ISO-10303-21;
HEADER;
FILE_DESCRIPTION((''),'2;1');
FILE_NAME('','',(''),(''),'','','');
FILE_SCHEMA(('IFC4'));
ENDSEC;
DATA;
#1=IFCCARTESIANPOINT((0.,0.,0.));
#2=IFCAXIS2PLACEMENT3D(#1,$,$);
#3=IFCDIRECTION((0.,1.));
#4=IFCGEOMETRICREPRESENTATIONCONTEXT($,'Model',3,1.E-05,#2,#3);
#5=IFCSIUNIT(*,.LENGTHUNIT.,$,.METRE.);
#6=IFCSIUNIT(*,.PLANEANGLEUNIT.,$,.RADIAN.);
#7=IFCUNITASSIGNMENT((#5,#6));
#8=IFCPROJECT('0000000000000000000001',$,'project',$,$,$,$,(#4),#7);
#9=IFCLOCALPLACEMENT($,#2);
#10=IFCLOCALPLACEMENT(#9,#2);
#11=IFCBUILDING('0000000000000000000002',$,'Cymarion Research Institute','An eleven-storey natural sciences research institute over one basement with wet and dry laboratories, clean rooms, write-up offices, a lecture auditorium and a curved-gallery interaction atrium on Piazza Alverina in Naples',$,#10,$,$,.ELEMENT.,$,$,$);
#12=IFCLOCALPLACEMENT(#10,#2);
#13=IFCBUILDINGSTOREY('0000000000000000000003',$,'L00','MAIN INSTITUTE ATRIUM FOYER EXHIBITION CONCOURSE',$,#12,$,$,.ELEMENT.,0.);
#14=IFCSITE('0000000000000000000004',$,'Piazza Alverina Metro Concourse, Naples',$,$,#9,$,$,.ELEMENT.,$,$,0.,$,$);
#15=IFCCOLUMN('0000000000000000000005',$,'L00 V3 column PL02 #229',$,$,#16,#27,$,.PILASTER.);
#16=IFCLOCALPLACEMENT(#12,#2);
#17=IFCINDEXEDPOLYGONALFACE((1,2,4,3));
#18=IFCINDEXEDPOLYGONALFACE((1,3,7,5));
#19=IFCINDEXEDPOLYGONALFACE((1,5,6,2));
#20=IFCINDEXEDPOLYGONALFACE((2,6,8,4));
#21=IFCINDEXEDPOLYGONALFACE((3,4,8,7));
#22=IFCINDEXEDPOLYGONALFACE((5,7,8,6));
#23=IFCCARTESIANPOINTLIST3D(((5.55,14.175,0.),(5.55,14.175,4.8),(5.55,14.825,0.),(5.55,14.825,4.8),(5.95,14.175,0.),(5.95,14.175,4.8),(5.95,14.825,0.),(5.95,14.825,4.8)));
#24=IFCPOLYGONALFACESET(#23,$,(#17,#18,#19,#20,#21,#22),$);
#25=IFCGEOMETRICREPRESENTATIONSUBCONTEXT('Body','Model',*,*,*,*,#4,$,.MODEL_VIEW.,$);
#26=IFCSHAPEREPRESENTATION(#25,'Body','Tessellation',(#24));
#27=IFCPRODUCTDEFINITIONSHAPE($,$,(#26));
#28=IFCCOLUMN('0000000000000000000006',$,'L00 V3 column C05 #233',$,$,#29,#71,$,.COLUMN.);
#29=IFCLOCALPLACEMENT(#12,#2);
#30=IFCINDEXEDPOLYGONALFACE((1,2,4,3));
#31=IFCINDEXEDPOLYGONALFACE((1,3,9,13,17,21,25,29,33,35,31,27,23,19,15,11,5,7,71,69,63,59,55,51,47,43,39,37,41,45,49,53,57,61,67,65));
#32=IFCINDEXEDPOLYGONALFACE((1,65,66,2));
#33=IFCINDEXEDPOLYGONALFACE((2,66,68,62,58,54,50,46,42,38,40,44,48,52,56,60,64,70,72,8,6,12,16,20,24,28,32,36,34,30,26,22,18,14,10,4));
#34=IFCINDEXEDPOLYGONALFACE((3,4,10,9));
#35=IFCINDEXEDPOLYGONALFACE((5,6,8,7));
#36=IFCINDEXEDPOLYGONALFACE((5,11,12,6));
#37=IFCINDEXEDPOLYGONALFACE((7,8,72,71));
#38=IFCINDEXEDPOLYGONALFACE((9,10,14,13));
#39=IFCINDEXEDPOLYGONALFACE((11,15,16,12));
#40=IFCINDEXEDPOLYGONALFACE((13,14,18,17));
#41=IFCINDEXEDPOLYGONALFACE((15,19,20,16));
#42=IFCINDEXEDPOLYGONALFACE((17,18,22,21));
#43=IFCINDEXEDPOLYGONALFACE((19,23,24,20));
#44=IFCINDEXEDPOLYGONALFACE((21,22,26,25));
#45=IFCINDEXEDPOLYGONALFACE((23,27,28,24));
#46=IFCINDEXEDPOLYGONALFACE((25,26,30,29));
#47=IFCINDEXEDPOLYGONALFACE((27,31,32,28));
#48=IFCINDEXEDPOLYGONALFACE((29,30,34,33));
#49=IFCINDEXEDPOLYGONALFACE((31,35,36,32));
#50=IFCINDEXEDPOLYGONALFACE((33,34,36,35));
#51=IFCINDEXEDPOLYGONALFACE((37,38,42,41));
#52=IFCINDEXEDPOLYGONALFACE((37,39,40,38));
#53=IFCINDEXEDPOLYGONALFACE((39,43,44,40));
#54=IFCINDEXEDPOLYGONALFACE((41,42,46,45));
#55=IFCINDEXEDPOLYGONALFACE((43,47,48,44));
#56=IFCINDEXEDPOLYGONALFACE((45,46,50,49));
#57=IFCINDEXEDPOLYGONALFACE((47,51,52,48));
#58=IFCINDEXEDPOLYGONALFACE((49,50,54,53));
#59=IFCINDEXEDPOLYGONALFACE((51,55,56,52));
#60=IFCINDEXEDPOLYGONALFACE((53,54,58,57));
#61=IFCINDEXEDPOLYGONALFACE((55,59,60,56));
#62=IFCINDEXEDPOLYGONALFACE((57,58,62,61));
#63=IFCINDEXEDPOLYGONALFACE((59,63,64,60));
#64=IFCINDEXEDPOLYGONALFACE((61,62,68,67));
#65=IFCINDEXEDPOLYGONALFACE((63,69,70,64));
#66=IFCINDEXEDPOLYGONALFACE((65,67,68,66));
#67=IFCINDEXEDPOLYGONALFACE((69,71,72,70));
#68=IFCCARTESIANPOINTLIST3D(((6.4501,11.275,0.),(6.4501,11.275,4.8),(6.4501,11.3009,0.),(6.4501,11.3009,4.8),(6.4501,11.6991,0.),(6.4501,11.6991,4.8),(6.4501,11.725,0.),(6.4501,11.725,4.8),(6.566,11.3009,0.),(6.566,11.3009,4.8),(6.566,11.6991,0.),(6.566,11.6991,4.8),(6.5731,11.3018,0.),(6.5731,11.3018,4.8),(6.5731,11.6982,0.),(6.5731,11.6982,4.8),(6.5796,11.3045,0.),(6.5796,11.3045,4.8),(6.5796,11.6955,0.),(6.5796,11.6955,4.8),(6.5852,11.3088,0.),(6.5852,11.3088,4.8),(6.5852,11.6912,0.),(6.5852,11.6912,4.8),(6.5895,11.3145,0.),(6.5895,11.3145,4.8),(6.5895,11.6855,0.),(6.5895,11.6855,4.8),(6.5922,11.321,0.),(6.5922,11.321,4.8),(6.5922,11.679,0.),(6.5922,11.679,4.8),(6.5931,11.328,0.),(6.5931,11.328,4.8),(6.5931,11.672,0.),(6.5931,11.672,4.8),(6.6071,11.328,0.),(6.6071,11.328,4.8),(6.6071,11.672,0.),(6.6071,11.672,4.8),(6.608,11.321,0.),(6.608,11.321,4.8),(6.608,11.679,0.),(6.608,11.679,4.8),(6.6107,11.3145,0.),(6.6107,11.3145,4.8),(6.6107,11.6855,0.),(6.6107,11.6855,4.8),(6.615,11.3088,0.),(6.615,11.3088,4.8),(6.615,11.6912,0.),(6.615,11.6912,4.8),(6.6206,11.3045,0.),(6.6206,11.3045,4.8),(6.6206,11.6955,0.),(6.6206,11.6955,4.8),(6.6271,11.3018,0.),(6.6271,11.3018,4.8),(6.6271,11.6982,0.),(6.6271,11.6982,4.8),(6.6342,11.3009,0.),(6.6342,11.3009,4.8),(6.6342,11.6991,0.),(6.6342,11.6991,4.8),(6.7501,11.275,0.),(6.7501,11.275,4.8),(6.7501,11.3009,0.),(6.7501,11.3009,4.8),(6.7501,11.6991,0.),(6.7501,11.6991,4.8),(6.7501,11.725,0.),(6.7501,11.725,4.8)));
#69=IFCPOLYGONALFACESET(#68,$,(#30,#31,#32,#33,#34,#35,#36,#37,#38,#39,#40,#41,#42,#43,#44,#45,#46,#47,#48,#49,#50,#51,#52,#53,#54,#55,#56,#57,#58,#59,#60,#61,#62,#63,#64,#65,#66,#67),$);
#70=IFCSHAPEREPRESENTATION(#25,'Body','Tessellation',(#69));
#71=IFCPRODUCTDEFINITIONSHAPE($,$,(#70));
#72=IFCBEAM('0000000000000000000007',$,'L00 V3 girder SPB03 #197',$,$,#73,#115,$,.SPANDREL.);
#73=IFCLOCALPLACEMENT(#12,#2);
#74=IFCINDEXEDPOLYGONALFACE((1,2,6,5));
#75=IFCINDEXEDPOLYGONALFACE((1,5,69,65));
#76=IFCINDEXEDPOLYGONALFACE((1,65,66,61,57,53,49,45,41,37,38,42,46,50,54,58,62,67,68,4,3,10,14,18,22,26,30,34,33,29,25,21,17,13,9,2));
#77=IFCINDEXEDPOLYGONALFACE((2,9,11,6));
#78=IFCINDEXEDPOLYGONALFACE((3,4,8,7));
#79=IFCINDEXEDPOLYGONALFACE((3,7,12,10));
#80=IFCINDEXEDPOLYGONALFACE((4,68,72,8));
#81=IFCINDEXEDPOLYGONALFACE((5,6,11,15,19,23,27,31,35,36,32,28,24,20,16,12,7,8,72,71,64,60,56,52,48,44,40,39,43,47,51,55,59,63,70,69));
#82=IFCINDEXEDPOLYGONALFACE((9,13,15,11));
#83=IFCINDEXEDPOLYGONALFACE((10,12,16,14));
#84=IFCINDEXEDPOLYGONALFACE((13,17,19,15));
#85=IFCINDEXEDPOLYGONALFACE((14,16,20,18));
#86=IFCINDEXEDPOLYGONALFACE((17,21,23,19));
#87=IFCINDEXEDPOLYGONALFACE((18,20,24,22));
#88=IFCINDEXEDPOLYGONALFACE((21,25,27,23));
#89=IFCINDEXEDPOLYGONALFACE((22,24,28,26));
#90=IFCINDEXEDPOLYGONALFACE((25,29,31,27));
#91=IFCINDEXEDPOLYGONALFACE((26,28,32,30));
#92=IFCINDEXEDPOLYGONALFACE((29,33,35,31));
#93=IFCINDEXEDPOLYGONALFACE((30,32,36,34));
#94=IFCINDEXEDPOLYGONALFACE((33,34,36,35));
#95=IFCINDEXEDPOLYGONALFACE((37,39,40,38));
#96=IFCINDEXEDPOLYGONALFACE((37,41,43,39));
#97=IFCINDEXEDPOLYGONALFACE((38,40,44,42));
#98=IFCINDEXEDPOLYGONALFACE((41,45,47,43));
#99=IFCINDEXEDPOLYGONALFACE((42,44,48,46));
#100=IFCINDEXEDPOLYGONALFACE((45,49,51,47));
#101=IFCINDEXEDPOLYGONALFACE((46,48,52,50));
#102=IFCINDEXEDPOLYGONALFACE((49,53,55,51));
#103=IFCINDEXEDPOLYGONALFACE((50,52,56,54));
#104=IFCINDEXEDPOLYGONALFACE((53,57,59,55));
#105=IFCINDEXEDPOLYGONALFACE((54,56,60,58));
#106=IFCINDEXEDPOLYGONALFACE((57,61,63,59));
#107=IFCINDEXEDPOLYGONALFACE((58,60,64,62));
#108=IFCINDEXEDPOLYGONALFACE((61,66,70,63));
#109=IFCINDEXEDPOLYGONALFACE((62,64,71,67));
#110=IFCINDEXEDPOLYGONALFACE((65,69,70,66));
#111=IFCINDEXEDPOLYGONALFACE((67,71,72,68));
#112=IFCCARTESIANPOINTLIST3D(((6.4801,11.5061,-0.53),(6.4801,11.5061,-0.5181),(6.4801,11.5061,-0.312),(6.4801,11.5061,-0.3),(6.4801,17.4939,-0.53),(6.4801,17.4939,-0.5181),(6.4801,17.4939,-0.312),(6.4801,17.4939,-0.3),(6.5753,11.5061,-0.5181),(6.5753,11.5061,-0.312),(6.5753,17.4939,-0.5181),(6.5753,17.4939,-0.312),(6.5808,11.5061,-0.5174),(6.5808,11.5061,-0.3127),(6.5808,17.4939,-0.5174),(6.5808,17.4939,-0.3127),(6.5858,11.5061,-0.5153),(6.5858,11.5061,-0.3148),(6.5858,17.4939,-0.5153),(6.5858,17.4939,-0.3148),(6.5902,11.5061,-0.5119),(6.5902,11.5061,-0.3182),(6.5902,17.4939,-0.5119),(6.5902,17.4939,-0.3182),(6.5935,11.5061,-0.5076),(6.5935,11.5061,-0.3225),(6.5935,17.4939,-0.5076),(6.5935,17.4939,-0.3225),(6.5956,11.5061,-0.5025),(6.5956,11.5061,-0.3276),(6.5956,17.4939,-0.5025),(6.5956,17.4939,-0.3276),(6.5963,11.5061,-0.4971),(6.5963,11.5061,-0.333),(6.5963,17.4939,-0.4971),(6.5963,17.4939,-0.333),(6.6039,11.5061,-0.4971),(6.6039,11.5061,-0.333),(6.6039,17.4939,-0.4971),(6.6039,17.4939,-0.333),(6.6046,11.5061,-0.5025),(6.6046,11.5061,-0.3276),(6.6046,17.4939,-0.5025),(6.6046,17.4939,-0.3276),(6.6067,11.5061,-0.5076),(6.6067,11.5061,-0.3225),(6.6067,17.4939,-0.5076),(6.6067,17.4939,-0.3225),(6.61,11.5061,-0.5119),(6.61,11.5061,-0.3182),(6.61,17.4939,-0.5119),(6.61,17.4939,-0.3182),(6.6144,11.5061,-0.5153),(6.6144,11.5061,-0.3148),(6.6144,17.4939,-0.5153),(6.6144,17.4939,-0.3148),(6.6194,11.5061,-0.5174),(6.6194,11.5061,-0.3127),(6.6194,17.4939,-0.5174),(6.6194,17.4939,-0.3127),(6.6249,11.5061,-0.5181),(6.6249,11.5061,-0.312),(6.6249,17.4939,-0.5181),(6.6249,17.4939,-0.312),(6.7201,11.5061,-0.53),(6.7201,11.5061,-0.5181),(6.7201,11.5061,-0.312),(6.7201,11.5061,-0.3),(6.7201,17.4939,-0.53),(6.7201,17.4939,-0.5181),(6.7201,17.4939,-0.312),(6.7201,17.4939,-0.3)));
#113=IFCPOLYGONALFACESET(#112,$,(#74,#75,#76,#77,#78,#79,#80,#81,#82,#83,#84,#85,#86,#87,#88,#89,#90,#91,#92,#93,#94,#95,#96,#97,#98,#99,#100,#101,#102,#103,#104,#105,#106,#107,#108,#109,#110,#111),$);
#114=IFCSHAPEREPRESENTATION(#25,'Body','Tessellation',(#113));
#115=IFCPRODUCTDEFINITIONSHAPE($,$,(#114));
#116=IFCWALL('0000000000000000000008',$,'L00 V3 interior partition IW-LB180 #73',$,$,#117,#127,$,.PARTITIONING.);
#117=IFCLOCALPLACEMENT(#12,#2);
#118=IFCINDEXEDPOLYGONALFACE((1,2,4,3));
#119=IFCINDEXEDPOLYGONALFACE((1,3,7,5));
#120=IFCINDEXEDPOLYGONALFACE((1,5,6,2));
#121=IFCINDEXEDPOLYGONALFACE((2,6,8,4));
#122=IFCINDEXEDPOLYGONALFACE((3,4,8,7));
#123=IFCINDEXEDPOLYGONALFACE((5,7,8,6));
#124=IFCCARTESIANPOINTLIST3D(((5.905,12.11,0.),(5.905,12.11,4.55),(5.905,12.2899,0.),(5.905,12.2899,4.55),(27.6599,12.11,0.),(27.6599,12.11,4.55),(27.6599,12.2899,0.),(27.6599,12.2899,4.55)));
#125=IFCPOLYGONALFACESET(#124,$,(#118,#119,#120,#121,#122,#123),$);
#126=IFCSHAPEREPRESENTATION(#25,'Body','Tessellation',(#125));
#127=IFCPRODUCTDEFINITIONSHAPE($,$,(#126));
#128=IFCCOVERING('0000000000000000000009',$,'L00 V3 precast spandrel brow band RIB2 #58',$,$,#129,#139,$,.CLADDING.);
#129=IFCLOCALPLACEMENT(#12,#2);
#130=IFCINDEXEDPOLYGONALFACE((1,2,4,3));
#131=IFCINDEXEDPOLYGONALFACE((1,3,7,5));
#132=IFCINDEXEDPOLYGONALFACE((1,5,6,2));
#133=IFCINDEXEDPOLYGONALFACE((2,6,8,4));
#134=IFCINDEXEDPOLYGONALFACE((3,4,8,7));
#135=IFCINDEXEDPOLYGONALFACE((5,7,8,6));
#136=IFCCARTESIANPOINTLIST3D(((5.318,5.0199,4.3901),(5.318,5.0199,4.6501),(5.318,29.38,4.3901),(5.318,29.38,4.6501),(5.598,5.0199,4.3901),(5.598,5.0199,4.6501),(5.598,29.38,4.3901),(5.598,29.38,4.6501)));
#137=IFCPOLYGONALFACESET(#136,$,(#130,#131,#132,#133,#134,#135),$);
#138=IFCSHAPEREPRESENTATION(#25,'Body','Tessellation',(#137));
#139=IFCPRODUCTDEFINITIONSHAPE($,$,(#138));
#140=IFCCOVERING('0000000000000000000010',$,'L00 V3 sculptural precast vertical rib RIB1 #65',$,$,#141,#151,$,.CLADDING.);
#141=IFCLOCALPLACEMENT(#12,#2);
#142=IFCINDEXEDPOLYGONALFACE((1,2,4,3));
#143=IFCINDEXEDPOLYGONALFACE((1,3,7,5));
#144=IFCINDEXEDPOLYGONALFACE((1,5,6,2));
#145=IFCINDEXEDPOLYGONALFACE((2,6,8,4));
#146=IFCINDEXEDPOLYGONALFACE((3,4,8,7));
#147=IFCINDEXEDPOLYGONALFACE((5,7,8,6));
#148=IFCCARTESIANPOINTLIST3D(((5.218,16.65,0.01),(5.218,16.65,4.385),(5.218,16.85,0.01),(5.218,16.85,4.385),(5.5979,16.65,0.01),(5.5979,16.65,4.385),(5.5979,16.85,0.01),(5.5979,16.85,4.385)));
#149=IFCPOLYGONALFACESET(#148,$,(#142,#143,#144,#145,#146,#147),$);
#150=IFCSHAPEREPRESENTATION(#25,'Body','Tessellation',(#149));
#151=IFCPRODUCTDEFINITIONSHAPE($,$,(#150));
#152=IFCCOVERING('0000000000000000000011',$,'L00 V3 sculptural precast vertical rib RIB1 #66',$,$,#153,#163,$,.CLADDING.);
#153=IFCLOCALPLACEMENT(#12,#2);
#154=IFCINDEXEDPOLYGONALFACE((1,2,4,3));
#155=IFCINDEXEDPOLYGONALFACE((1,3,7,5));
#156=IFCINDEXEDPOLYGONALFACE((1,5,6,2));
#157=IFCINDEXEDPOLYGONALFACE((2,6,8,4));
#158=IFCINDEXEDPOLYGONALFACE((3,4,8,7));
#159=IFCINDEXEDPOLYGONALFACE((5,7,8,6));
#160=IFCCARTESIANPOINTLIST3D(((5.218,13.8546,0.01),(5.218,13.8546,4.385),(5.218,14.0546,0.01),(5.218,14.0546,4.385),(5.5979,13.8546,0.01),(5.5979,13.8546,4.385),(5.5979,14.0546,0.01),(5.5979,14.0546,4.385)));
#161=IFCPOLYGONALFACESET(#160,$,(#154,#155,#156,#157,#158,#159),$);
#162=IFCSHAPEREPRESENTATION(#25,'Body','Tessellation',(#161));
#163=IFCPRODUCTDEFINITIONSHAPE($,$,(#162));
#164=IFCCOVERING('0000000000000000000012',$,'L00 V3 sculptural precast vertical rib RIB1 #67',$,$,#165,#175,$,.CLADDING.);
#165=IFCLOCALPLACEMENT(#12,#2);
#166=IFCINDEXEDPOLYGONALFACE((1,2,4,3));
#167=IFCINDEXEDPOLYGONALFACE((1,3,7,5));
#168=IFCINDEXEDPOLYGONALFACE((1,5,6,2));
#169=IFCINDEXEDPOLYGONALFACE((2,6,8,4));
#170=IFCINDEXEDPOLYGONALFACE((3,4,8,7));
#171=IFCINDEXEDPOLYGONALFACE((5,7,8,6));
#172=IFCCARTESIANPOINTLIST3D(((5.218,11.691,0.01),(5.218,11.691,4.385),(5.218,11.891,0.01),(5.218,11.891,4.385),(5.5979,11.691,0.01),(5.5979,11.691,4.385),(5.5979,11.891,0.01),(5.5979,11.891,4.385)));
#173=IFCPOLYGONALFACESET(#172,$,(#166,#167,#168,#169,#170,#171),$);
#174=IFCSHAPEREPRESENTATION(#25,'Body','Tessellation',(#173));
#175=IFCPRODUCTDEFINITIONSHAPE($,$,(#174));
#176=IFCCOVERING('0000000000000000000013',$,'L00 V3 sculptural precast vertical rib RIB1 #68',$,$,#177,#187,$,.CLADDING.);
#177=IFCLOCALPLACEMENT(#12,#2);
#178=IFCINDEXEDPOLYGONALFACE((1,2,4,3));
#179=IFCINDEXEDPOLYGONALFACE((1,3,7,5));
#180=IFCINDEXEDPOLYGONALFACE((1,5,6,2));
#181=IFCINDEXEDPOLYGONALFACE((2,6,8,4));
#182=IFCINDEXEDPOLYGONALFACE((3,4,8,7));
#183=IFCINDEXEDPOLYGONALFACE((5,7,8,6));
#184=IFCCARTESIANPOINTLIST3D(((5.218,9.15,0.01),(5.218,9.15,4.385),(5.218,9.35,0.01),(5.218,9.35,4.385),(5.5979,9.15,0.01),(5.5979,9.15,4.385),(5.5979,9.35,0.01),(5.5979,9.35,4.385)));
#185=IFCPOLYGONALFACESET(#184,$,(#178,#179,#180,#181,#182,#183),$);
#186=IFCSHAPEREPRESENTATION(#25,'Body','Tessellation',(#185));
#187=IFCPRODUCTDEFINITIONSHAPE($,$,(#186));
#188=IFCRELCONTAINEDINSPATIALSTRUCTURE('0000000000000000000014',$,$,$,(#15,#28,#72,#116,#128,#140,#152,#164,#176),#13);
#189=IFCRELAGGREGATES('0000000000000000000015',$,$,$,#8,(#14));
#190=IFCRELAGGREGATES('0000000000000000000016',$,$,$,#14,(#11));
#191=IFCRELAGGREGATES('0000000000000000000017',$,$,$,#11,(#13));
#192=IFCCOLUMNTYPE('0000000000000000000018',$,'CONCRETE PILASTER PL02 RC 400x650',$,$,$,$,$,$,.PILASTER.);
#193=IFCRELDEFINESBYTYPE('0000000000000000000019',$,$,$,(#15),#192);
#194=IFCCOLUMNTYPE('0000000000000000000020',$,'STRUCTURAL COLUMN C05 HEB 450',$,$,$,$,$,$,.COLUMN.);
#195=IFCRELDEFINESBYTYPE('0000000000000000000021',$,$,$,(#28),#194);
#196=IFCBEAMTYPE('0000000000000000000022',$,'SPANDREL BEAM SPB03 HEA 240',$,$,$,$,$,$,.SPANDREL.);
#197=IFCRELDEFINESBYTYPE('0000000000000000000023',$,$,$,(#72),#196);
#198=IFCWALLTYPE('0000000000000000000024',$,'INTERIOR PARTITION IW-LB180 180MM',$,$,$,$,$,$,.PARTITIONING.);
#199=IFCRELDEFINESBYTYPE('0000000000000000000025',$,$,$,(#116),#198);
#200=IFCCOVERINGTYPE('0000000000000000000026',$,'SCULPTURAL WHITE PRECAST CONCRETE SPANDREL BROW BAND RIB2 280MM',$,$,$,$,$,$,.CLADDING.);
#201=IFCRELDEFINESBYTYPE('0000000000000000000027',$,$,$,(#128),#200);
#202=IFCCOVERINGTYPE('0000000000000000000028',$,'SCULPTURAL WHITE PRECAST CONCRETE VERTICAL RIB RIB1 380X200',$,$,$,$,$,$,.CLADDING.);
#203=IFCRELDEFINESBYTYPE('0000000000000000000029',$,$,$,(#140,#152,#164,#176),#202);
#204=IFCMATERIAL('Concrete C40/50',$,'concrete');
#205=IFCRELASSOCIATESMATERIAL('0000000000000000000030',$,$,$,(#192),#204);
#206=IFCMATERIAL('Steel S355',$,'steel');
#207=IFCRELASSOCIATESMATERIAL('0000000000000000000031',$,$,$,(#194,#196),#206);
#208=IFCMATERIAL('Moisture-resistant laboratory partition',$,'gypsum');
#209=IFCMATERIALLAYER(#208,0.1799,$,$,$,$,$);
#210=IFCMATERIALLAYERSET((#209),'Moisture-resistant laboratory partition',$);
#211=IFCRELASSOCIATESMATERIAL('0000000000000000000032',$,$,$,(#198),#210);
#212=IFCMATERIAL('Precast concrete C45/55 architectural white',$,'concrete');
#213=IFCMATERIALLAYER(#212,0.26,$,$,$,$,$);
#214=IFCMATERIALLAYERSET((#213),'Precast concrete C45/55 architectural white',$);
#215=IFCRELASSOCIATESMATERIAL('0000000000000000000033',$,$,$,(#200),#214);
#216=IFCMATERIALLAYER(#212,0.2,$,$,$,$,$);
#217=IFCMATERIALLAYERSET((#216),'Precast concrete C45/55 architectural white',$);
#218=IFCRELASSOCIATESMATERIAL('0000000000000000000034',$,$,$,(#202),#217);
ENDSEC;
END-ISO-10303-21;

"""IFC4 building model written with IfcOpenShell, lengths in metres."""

from ifc_helpers import new_model, si_unit, direction, frame, frame_2d, origin, origin_2d, place, context, subcontext, project, spatial, rectangle, i_section, extrude, material, layer, layer_set, material_profile, profile_set, type_object, element, save


model = new_model("IFC4")

# Units and contexts
model_context = context("Model", 3, precision=1e-05, world=origin(), true_north=direction((0.0, 1.0)))
body_context = subcontext(model_context, "Body", "Model", "MODEL_VIEW")
ifc_project = project(units=[si_unit("LENGTHUNIT", "METRE"), si_unit("PLANEANGLEUNIT", "RADIAN")], contexts=[model_context])

# Site, building, storey
site_placement = place(None, origin())
site = spatial("IfcSite", under=ifc_project, at=site_placement, Name="Piazza Alverina Metro Concourse, Naples", CompositionType="ELEMENT", RefElevation=0.0)
building_placement = place(site_placement, origin())
building = spatial("IfcBuilding", under=site, at=building_placement, Name="Cymarion Research Institute", Description="An eleven-storey natural sciences research institute over one basement with wet and dry laboratories, clean rooms, write-up offices, a lecture auditorium and a curved-gallery interaction atrium on Piazza Alverina in Naples", CompositionType="ELEMENT")
storey_placement = place(building_placement, origin())
storey = spatial("IfcBuildingStorey", under=building, at=storey_placement, Name="L00", Description="MAIN INSTITUTE ATRIUM FOYER EXHIBITION CONCOURSE", CompositionType="ELEMENT", Elevation=0.0)

# Columns
ifc_material_1 = material(Name="Concrete C40/50", Category="concrete")
ifc_material_profile_1 = material_profile(ifc_material_1, rectangle(XDim=0.3999, YDim=0.6499, at=origin_2d()), Name="RC 400x650")
ifc_profile_set_1 = profile_set([ifc_material_profile_1], Name="Concrete C40/50")
column_type_1 = type_object("IfcColumnType", Name="CONCRETE PILASTER PL02 RC 400x650", PredefinedType="PILASTER", material=ifc_profile_set_1)
column_1_placement = place(storey_placement, frame((5.75, 14.5, 0.0), z_axis=(0.0, 0.0, 1.0), x_axis=(1.0, 0.0, 0.0)))
element("IfcColumn", 1, at=column_1_placement, inside=storey, type_object=column_type_1, Name="L00 V3 column PL02 #229", PredefinedType="PILASTER", context=body_context, shape_type="SweptSolid", body=[
    extrude(rectangle(XDim=0.3999, YDim=0.6499, at=origin_2d()), origin(), (0.0, 0.0, 1.0), 4.8),
])
ifc_material_2 = material(Name="Steel S355", Category="steel")
ifc_material_profile_2 = material_profile(ifc_material_2, i_section(OverallWidth=0.3, OverallDepth=0.45, WebThickness=0.0139, FlangeThickness=0.0259, FilletRadius=0.0271, at=origin_2d()), Name="HEB 450")
ifc_profile_set_2 = profile_set([ifc_material_profile_2], Name="Steel S355")
column_type_2 = type_object("IfcColumnType", Name="STRUCTURAL COLUMN C05 HEB 450", PredefinedType="COLUMN", material=ifc_profile_set_2)
column_2_placement = place(storey_placement, frame((6.6001, 11.5, 0.0), z_axis=(0.0, 0.0, 1.0), x_axis=(1.0, 0.0, 0.0)))
element("IfcColumn", 2, at=column_2_placement, inside=storey, type_object=column_type_2, Name="L00 V3 column C05 #233", PredefinedType="COLUMN", context=body_context, shape_type="SweptSolid", body=[
    extrude(i_section(OverallWidth=0.3, OverallDepth=0.45, WebThickness=0.0139, FlangeThickness=0.0259, FilletRadius=0.0271, at=origin_2d()), origin(), (0.0, 0.0, 1.0), 4.8),
])

# Beam
ifc_material_profile_3 = material_profile(ifc_material_2, i_section(OverallWidth=0.24, OverallDepth=0.23, WebThickness=0.0076, FlangeThickness=0.012, FilletRadius=0.021, at=origin_2d()), Name="HEA 240")
ifc_profile_set_3 = profile_set([ifc_material_profile_3], Name="Steel S355")
beam_type = type_object("IfcBeamType", Name="SPANDREL BEAM SPB03 HEA 240", PredefinedType="SPANDREL", material=ifc_profile_set_3)
beam_placement = place(storey_placement, frame((6.6001, 11.5061, -0.415), z_axis=(0.0, 1.0, 0.0), x_axis=(-1.0, 0.0, 0.0)))
element("IfcBeam", 3, at=beam_placement, inside=storey, type_object=beam_type, Name="L00 V3 girder SPB03 #197", PredefinedType="SPANDREL", context=body_context, shape_type="SweptSolid", body=[
    extrude(i_section(OverallWidth=0.24, OverallDepth=0.23, WebThickness=0.0076, FlangeThickness=0.012, FilletRadius=0.021, at=origin_2d()), origin(), (0.0, 0.0, 1.0), 5.9878),
])

# Wall
ifc_material_3 = material(Name="Moisture-resistant laboratory partition", Category="gypsum")
ifc_layer_1 = layer(ifc_material_3, 0.1799)
ifc_layer_set_1 = layer_set([ifc_layer_1], Name="Moisture-resistant laboratory partition")
wall_type = type_object("IfcWallType", Name="INTERIOR PARTITION IW-LB180 180MM", PredefinedType="PARTITIONING", material=ifc_layer_set_1)
wall_placement = place(storey_placement, frame((5.905, 12.2, 0.0), z_axis=(0.0, 0.0, 1.0), x_axis=(1.0, 0.0, 0.0)))
element("IfcWall", 4, at=wall_placement, inside=storey, type_object=wall_type, Name="L00 V3 interior partition IW-LB180 #73", PredefinedType="PARTITIONING", context=body_context, shape_type="SweptSolid", body=[
    extrude(rectangle(XDim=21.7549, YDim=0.1799, at=frame_2d((10.8774, 0.0))), origin(), (0.0, 0.0, 1.0), 4.55),
])

# Coverings
ifc_material_4 = material(Name="Precast concrete C45/55 architectural white", Category="concrete")
ifc_layer_2 = layer(ifc_material_4, 0.26)
ifc_layer_set_2 = layer_set([ifc_layer_2], Name="Precast concrete C45/55 architectural white")
covering_type_1 = type_object("IfcCoveringType", Name="SCULPTURAL WHITE PRECAST CONCRETE SPANDREL BROW BAND RIB2 280MM", PredefinedType="CLADDING", material=ifc_layer_set_2)
covering_placement = place(storey_placement, frame((5.458, 17.2, 4.3901), z_axis=(0.0, 0.0, 1.0), x_axis=(-1.0, 0.0, 0.0)))
element("IfcCovering", 5, at=covering_placement, inside=storey, type_object=covering_type_1, Name="L00 V3 precast spandrel brow band RIB2 #58", PredefinedType="CLADDING", context=body_context, shape_type="SweptSolid", body=[
    extrude(rectangle(XDim=0.28, YDim=24.3601, at=origin_2d()), origin(), (0.0, 0.0, 1.0), 0.26),
])
ifc_layer_3 = layer(ifc_material_4, 0.2)
ifc_layer_set_3 = layer_set([ifc_layer_3], Name="Precast concrete C45/55 architectural white")
covering_type_2 = type_object("IfcCoveringType", Name="SCULPTURAL WHITE PRECAST CONCRETE VERTICAL RIB RIB1 380X200", PredefinedType="CLADDING", material=ifc_layer_set_3)
for number, where, z_axis, x_axis, name in (
    (6, (5.408, 16.75, 0.01), (0.0, 0.0, 1.0), (-1.0, 0.0, 0.0), "L00 V3 sculptural precast vertical rib RIB1 #65"),
    (7, (5.408, 13.9546, 0.01), (0.0, 0.0, 1.0), (-1.0, 0.0, 0.0), "L00 V3 sculptural precast vertical rib RIB1 #66"),
    (8, (5.408, 11.791, 0.01), (0.0, 0.0, 1.0), (-1.0, 0.0, 0.0), "L00 V3 sculptural precast vertical rib RIB1 #67"),
    (9, (5.408, 9.25, 0.01), (0.0, 0.0, 1.0), (-1.0, 0.0, 0.0), "L00 V3 sculptural precast vertical rib RIB1 #68"),
):
    element("IfcCovering", number, at=place(storey_placement, frame(where, z_axis=z_axis, x_axis=x_axis)), inside=storey, type_object=covering_type_2, Name=name, PredefinedType="CLADDING", context=body_context, shape_type="SweptSolid", body=[
        extrude(rectangle(XDim=0.3799, YDim=0.2, at=origin_2d()), origin(), (0.0, 0.0, 1.0), 4.375),
    ])

save(model, "model.ifc")
